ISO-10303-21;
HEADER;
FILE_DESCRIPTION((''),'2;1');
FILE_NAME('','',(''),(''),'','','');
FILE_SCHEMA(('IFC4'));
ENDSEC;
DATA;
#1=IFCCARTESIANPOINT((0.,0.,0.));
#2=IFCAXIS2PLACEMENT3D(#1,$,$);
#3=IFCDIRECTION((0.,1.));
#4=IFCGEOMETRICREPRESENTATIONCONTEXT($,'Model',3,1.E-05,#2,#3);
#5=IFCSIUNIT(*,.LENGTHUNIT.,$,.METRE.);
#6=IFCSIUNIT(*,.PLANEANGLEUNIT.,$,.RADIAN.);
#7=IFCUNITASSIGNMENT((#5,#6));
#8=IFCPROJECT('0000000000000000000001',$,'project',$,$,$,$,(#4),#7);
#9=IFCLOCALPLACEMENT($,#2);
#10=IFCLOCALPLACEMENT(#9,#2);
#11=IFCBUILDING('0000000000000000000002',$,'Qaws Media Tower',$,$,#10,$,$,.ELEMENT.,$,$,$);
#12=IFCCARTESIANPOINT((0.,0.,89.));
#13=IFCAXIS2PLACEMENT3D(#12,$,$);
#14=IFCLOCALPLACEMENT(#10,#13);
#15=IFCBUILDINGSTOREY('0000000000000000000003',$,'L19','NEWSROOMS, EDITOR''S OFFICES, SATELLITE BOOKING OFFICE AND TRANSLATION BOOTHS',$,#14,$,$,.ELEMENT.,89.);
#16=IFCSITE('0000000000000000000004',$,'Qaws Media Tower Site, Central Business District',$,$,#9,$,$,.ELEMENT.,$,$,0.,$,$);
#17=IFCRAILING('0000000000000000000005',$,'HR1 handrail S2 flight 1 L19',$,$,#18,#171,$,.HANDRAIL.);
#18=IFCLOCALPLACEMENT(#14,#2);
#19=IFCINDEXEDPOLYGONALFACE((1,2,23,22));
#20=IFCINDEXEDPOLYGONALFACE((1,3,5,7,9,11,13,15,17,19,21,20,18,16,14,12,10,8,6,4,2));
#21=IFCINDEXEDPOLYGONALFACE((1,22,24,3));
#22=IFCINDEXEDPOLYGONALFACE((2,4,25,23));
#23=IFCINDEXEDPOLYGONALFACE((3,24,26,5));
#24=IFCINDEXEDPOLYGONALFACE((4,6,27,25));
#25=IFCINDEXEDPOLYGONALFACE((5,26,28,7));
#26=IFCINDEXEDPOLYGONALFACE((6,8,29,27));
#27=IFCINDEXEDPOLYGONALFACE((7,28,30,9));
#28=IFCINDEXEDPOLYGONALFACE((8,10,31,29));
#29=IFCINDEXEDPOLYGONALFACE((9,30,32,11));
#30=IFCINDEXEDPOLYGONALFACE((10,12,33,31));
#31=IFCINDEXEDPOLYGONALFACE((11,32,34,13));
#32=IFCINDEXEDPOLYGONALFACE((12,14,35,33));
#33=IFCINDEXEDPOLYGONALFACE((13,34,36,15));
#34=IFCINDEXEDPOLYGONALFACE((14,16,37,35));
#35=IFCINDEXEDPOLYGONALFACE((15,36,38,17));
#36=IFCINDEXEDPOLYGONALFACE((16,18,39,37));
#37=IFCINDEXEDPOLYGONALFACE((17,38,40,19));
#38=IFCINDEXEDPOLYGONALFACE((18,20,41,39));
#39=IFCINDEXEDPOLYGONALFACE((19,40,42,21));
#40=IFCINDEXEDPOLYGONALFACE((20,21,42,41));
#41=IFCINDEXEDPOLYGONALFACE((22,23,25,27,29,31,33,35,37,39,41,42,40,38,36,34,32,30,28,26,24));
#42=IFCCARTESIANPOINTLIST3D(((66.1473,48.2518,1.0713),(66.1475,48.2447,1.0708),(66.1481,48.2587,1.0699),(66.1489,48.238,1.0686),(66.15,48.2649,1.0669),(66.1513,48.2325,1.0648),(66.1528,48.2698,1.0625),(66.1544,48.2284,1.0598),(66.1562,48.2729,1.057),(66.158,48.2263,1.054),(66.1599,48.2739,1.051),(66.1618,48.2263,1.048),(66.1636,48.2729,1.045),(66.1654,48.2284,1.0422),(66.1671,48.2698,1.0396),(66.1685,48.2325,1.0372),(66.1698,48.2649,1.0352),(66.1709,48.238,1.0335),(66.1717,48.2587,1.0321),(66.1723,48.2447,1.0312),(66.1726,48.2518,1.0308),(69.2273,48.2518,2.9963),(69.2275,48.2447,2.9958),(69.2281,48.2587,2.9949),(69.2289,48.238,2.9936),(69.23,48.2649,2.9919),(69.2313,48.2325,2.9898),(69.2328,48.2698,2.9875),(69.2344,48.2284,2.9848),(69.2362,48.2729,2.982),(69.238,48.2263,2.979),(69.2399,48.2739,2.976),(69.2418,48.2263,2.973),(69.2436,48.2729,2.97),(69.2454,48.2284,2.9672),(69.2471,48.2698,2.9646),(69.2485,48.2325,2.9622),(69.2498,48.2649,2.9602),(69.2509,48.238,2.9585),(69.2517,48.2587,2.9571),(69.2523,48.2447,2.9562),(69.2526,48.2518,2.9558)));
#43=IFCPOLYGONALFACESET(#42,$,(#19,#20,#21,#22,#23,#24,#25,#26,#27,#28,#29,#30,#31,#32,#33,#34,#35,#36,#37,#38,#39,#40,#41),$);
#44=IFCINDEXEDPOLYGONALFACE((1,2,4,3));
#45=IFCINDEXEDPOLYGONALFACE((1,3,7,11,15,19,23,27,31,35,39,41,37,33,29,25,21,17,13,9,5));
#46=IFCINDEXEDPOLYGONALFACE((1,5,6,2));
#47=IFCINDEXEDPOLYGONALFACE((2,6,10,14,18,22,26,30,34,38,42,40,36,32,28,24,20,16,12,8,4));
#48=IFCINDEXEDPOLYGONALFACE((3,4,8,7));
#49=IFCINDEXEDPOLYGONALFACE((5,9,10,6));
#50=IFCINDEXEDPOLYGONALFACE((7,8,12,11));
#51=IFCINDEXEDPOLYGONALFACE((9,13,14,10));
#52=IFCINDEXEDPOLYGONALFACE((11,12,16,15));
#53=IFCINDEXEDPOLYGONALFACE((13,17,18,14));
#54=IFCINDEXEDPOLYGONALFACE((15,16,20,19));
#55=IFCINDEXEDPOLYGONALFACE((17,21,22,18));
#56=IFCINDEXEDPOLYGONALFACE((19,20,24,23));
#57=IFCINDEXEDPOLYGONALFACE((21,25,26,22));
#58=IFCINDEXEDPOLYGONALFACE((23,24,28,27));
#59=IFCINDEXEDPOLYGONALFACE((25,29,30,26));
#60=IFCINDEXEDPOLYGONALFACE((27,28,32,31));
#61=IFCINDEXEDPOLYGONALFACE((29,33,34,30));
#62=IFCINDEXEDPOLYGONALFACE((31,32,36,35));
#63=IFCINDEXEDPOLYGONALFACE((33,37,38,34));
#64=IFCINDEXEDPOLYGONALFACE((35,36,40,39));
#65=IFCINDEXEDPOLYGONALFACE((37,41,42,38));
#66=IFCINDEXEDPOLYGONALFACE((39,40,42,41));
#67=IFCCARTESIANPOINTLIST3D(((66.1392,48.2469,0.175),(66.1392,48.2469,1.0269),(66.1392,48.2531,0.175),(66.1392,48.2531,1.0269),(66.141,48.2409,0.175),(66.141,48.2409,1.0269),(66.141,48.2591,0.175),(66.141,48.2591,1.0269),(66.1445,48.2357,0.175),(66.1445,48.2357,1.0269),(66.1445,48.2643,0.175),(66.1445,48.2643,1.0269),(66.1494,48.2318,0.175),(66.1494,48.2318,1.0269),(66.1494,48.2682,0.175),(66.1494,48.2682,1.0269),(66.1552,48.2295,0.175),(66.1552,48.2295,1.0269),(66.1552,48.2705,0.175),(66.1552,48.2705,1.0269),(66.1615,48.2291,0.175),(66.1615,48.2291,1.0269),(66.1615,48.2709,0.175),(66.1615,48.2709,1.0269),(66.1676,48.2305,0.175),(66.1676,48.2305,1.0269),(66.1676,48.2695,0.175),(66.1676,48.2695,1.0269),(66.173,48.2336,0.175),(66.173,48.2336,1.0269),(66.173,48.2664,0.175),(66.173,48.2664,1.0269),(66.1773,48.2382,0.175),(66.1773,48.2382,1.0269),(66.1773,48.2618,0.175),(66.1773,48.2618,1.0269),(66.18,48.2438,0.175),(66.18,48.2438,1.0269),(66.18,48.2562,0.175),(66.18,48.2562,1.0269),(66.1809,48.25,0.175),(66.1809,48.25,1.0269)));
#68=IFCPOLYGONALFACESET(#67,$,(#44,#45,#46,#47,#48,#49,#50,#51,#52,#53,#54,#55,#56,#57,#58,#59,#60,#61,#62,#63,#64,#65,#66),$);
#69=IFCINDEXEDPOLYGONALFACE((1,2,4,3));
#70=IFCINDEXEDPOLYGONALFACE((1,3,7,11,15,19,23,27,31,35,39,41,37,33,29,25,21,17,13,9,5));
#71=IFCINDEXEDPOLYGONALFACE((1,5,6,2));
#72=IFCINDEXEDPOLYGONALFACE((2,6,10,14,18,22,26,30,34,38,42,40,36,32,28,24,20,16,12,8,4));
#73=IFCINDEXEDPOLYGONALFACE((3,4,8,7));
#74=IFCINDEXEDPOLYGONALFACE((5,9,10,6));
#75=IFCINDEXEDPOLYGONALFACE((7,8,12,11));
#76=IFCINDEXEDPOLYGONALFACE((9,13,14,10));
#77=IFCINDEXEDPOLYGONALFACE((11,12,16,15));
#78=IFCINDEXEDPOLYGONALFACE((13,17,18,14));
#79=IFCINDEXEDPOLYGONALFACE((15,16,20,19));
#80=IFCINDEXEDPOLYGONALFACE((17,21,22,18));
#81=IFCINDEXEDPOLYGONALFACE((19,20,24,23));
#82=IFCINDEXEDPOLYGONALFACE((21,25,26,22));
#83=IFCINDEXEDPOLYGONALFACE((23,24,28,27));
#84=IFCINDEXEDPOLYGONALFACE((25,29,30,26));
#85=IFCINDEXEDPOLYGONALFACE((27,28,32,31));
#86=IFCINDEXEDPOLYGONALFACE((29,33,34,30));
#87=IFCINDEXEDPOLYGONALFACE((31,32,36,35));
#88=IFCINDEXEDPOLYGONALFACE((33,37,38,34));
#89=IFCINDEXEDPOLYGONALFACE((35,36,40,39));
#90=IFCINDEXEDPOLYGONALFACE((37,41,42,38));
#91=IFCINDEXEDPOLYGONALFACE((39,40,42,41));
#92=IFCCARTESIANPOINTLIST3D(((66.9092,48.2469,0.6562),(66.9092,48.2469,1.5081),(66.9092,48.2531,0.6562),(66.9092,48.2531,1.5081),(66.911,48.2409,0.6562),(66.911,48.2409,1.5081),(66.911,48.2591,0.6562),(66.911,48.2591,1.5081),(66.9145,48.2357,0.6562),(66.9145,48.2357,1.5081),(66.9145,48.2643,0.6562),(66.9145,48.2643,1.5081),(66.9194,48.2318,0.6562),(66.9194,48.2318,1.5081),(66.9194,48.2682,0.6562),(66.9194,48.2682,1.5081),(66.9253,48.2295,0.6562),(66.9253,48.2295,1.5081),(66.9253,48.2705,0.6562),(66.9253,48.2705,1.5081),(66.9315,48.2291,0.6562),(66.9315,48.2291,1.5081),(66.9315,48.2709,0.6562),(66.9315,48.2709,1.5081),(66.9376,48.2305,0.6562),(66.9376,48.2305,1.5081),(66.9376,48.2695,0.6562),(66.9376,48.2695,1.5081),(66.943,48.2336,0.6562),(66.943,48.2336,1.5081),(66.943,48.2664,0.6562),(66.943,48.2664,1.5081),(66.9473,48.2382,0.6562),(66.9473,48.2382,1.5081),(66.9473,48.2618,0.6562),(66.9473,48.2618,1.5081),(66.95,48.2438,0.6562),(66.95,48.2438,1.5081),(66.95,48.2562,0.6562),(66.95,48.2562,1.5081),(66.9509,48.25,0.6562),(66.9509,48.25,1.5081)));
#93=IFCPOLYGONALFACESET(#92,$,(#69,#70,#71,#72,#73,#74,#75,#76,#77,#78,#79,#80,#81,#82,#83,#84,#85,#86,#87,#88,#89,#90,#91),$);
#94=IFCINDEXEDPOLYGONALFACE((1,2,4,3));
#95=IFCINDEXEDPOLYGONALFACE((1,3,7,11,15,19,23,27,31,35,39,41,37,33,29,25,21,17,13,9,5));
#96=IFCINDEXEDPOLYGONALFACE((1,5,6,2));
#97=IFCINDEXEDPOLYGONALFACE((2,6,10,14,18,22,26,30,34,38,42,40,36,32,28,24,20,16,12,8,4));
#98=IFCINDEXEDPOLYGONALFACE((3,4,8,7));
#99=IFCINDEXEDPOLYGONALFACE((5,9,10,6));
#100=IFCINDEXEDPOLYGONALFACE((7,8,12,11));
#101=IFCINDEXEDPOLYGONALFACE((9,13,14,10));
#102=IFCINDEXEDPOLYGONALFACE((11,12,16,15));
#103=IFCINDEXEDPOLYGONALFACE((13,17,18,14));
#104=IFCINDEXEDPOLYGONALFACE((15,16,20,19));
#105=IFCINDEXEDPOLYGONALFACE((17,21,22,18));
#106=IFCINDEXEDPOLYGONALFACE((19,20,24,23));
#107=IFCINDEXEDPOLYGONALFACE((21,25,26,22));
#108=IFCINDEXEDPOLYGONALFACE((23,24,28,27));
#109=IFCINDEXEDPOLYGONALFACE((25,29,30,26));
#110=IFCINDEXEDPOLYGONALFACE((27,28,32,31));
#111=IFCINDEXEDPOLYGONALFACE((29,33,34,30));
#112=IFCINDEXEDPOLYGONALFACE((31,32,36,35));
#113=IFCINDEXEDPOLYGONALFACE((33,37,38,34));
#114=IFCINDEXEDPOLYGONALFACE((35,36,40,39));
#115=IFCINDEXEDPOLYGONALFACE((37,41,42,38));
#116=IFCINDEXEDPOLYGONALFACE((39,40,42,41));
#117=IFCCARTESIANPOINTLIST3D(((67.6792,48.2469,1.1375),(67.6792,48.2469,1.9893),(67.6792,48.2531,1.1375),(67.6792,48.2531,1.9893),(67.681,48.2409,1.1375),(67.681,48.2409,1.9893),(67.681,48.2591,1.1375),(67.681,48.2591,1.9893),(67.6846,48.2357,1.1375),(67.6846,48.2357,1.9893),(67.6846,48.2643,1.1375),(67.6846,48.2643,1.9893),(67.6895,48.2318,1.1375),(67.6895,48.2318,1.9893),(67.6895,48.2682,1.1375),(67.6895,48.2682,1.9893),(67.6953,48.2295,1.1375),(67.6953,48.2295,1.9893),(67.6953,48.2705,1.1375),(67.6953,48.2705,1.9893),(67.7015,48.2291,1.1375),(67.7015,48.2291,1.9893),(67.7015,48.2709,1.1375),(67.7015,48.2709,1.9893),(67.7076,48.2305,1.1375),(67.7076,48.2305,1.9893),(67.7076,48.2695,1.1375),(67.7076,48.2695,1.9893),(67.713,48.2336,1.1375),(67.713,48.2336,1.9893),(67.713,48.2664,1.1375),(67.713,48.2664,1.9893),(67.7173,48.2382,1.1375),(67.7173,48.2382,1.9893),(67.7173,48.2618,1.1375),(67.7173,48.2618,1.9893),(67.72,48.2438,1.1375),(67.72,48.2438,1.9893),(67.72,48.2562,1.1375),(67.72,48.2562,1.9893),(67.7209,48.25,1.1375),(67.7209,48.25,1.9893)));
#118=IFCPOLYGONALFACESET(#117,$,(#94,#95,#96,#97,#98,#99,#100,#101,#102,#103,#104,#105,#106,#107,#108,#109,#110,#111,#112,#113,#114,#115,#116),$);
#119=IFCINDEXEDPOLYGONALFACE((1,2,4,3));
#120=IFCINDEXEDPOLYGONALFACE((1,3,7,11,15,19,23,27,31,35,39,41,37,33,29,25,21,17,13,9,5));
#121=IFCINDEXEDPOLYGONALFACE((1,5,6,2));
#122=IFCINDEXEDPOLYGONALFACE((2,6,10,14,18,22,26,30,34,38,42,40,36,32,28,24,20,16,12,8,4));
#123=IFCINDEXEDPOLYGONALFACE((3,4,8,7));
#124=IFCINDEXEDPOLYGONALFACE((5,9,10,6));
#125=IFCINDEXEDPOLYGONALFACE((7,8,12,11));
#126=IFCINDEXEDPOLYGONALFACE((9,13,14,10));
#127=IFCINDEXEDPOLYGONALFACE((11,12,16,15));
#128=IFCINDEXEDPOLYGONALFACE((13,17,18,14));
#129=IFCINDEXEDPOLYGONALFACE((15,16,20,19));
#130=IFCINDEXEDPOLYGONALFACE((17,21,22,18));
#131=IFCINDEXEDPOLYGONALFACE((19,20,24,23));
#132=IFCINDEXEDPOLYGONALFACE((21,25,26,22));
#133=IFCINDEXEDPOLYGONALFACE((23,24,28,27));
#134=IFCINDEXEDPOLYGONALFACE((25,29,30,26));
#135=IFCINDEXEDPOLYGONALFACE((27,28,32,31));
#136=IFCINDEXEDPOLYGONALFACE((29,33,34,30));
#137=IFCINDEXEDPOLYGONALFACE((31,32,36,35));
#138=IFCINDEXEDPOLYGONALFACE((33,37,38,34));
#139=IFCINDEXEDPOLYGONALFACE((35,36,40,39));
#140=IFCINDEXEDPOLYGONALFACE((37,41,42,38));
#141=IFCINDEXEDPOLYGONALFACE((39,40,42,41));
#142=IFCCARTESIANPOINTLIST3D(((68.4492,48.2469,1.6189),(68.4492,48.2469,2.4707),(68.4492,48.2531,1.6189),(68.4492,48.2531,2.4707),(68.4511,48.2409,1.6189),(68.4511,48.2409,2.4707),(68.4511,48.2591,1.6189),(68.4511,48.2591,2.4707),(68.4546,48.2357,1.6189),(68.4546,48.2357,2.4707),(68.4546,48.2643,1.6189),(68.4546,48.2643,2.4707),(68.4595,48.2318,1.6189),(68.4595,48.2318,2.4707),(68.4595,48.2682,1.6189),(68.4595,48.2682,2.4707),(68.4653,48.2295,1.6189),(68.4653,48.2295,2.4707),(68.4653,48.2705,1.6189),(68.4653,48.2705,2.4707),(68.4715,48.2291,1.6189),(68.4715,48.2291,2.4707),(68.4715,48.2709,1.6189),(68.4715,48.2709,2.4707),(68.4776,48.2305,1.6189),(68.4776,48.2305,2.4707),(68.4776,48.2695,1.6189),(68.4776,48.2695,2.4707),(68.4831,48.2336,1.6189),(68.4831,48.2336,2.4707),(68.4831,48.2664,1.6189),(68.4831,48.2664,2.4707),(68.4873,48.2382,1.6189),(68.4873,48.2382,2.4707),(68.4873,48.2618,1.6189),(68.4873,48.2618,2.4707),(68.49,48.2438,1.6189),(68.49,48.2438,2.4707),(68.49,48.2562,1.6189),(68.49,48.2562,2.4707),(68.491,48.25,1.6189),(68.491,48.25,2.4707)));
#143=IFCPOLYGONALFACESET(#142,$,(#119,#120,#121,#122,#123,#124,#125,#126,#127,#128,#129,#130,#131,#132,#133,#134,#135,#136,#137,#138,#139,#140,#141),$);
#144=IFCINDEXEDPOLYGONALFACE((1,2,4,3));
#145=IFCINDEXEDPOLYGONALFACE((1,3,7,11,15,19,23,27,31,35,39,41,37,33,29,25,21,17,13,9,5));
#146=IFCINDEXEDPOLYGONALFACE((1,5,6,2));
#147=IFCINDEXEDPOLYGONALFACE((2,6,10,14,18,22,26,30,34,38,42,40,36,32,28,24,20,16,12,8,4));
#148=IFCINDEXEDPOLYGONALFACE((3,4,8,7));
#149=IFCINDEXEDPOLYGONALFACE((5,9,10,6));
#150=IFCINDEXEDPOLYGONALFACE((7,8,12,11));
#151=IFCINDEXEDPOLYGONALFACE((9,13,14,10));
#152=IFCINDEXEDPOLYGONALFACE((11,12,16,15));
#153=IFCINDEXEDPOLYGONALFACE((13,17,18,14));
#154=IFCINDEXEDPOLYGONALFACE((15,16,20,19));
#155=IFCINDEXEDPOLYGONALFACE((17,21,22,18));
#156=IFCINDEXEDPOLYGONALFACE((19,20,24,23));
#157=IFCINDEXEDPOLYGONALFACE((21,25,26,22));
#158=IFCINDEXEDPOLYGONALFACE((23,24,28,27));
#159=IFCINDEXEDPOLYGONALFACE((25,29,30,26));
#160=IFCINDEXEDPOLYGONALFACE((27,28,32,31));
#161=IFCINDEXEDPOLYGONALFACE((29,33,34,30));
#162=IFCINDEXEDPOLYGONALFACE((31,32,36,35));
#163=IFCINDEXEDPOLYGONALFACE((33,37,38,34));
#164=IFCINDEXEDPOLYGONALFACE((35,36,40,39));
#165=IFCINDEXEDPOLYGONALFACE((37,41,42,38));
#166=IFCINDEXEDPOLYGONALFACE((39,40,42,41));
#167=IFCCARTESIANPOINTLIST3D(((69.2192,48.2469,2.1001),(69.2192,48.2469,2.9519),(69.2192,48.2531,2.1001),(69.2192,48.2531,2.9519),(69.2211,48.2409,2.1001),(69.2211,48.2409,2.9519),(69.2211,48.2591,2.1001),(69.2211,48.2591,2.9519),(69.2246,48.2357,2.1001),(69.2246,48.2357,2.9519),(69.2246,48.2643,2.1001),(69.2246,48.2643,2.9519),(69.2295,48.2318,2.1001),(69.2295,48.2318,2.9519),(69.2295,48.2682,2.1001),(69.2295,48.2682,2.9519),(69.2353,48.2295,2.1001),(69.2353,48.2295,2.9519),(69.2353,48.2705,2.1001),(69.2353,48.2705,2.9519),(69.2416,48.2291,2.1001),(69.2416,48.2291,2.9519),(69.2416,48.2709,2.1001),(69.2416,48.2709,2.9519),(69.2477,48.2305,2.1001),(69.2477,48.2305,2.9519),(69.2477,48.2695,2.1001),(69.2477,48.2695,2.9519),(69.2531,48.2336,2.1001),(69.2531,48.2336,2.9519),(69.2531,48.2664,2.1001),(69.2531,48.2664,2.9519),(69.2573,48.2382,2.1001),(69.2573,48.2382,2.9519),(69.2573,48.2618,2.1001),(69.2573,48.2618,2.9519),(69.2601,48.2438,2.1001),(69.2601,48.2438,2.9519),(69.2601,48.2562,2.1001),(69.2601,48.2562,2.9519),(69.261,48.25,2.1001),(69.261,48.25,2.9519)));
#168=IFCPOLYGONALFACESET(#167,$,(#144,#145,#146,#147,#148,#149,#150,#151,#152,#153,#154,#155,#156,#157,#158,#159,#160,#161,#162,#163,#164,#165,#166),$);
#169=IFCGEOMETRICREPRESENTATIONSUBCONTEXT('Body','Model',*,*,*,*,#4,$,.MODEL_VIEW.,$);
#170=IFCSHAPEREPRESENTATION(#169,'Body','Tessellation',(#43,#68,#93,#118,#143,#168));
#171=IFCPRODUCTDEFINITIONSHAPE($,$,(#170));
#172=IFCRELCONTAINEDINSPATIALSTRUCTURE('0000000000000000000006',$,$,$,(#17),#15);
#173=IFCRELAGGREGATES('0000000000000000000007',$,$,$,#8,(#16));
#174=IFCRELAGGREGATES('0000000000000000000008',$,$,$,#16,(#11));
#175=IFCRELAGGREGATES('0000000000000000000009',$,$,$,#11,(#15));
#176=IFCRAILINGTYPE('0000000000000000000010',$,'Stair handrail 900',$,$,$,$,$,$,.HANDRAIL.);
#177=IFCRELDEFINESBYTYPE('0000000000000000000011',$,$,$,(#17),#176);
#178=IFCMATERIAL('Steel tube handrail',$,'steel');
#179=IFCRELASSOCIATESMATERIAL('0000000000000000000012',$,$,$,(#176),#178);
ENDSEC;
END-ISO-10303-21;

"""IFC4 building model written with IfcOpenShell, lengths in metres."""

from ifc_helpers import new_model, si_unit, direction, frame, origin, origin_2d, place, context, subcontext, project, spatial, circle, extrude, material, type_object, element, save


model = new_model("IFC4")

# Units and contexts
model_context = context("Model", 3, precision=1e-05, world=origin(), true_north=direction((0.0, 1.0)))
body_context = subcontext(model_context, "Body", "Model", "MODEL_VIEW")
ifc_project = project(units=[si_unit("LENGTHUNIT", "METRE"), si_unit("PLANEANGLEUNIT", "RADIAN")], contexts=[model_context])

# Site, building, storey
site_placement = place(None, origin())
site = spatial("IfcSite", under=ifc_project, at=site_placement, Name="Qaws Media Tower Site, Central Business District", CompositionType="ELEMENT", RefElevation=0.0)
building_placement = place(site_placement, origin())
building = spatial("IfcBuilding", under=site, at=building_placement, Name="Qaws Media Tower", CompositionType="ELEMENT")
storey_placement = place(building_placement, frame((0.0, 0.0, 89.0)))
storey = spatial("IfcBuildingStorey", under=building, at=storey_placement, Name="L19", Description="NEWSROOMS, EDITOR'S OFFICES, SATELLITE BOOKING OFFICE AND TRANSLATION BOOTHS", CompositionType="ELEMENT", Elevation=89.0)

# Railing
ifc_material_1 = material(Name="Steel tube handrail", Category="steel")
railing_type = type_object("IfcRailingType", Name="Stair handrail 900", PredefinedType="HANDRAIL", material=ifc_material_1)
railing_placement = place(storey_placement, frame((66.1599, 48.25, 0.175)))
element("IfcRailing", 1, at=railing_placement, inside=storey, type_object=railing_type, Name="HR1 handrail S2 flight 1 L19", PredefinedType="HANDRAIL", context=body_context, shape_type="SweptSolid", body=[
    extrude(circle(Radius=0.0239, at=origin_2d()), frame((0.0, 0.0, 0.876), z_axis=(0.847998, 0.0, 0.529999), x_axis=(0.0, 1.0, 0.0)), (0.0, 0.0, 1.0), 3.6321),
    extrude(circle(Radius=0.021, at=origin_2d()), origin(), (0.0, 0.0, 1.0), 0.8518),
    extrude(circle(Radius=0.021, at=origin_2d()), frame((0.77, 0.0, 0.4812)), (0.0, 0.0, 1.0), 0.8518),
    extrude(circle(Radius=0.021, at=origin_2d()), frame((1.54, 0.0, 0.9624)), (0.0, 0.0, 1.0), 0.8518),
    extrude(circle(Radius=0.021, at=origin_2d()), frame((2.3101, 0.0, 1.4438)), (0.0, 0.0, 1.0), 0.8518),
    extrude(circle(Radius=0.021, at=origin_2d()), frame((3.0801, 0.0, 1.925)), (0.0, 0.0, 1.0), 0.8518),
])

save(model, "model.ifc")
